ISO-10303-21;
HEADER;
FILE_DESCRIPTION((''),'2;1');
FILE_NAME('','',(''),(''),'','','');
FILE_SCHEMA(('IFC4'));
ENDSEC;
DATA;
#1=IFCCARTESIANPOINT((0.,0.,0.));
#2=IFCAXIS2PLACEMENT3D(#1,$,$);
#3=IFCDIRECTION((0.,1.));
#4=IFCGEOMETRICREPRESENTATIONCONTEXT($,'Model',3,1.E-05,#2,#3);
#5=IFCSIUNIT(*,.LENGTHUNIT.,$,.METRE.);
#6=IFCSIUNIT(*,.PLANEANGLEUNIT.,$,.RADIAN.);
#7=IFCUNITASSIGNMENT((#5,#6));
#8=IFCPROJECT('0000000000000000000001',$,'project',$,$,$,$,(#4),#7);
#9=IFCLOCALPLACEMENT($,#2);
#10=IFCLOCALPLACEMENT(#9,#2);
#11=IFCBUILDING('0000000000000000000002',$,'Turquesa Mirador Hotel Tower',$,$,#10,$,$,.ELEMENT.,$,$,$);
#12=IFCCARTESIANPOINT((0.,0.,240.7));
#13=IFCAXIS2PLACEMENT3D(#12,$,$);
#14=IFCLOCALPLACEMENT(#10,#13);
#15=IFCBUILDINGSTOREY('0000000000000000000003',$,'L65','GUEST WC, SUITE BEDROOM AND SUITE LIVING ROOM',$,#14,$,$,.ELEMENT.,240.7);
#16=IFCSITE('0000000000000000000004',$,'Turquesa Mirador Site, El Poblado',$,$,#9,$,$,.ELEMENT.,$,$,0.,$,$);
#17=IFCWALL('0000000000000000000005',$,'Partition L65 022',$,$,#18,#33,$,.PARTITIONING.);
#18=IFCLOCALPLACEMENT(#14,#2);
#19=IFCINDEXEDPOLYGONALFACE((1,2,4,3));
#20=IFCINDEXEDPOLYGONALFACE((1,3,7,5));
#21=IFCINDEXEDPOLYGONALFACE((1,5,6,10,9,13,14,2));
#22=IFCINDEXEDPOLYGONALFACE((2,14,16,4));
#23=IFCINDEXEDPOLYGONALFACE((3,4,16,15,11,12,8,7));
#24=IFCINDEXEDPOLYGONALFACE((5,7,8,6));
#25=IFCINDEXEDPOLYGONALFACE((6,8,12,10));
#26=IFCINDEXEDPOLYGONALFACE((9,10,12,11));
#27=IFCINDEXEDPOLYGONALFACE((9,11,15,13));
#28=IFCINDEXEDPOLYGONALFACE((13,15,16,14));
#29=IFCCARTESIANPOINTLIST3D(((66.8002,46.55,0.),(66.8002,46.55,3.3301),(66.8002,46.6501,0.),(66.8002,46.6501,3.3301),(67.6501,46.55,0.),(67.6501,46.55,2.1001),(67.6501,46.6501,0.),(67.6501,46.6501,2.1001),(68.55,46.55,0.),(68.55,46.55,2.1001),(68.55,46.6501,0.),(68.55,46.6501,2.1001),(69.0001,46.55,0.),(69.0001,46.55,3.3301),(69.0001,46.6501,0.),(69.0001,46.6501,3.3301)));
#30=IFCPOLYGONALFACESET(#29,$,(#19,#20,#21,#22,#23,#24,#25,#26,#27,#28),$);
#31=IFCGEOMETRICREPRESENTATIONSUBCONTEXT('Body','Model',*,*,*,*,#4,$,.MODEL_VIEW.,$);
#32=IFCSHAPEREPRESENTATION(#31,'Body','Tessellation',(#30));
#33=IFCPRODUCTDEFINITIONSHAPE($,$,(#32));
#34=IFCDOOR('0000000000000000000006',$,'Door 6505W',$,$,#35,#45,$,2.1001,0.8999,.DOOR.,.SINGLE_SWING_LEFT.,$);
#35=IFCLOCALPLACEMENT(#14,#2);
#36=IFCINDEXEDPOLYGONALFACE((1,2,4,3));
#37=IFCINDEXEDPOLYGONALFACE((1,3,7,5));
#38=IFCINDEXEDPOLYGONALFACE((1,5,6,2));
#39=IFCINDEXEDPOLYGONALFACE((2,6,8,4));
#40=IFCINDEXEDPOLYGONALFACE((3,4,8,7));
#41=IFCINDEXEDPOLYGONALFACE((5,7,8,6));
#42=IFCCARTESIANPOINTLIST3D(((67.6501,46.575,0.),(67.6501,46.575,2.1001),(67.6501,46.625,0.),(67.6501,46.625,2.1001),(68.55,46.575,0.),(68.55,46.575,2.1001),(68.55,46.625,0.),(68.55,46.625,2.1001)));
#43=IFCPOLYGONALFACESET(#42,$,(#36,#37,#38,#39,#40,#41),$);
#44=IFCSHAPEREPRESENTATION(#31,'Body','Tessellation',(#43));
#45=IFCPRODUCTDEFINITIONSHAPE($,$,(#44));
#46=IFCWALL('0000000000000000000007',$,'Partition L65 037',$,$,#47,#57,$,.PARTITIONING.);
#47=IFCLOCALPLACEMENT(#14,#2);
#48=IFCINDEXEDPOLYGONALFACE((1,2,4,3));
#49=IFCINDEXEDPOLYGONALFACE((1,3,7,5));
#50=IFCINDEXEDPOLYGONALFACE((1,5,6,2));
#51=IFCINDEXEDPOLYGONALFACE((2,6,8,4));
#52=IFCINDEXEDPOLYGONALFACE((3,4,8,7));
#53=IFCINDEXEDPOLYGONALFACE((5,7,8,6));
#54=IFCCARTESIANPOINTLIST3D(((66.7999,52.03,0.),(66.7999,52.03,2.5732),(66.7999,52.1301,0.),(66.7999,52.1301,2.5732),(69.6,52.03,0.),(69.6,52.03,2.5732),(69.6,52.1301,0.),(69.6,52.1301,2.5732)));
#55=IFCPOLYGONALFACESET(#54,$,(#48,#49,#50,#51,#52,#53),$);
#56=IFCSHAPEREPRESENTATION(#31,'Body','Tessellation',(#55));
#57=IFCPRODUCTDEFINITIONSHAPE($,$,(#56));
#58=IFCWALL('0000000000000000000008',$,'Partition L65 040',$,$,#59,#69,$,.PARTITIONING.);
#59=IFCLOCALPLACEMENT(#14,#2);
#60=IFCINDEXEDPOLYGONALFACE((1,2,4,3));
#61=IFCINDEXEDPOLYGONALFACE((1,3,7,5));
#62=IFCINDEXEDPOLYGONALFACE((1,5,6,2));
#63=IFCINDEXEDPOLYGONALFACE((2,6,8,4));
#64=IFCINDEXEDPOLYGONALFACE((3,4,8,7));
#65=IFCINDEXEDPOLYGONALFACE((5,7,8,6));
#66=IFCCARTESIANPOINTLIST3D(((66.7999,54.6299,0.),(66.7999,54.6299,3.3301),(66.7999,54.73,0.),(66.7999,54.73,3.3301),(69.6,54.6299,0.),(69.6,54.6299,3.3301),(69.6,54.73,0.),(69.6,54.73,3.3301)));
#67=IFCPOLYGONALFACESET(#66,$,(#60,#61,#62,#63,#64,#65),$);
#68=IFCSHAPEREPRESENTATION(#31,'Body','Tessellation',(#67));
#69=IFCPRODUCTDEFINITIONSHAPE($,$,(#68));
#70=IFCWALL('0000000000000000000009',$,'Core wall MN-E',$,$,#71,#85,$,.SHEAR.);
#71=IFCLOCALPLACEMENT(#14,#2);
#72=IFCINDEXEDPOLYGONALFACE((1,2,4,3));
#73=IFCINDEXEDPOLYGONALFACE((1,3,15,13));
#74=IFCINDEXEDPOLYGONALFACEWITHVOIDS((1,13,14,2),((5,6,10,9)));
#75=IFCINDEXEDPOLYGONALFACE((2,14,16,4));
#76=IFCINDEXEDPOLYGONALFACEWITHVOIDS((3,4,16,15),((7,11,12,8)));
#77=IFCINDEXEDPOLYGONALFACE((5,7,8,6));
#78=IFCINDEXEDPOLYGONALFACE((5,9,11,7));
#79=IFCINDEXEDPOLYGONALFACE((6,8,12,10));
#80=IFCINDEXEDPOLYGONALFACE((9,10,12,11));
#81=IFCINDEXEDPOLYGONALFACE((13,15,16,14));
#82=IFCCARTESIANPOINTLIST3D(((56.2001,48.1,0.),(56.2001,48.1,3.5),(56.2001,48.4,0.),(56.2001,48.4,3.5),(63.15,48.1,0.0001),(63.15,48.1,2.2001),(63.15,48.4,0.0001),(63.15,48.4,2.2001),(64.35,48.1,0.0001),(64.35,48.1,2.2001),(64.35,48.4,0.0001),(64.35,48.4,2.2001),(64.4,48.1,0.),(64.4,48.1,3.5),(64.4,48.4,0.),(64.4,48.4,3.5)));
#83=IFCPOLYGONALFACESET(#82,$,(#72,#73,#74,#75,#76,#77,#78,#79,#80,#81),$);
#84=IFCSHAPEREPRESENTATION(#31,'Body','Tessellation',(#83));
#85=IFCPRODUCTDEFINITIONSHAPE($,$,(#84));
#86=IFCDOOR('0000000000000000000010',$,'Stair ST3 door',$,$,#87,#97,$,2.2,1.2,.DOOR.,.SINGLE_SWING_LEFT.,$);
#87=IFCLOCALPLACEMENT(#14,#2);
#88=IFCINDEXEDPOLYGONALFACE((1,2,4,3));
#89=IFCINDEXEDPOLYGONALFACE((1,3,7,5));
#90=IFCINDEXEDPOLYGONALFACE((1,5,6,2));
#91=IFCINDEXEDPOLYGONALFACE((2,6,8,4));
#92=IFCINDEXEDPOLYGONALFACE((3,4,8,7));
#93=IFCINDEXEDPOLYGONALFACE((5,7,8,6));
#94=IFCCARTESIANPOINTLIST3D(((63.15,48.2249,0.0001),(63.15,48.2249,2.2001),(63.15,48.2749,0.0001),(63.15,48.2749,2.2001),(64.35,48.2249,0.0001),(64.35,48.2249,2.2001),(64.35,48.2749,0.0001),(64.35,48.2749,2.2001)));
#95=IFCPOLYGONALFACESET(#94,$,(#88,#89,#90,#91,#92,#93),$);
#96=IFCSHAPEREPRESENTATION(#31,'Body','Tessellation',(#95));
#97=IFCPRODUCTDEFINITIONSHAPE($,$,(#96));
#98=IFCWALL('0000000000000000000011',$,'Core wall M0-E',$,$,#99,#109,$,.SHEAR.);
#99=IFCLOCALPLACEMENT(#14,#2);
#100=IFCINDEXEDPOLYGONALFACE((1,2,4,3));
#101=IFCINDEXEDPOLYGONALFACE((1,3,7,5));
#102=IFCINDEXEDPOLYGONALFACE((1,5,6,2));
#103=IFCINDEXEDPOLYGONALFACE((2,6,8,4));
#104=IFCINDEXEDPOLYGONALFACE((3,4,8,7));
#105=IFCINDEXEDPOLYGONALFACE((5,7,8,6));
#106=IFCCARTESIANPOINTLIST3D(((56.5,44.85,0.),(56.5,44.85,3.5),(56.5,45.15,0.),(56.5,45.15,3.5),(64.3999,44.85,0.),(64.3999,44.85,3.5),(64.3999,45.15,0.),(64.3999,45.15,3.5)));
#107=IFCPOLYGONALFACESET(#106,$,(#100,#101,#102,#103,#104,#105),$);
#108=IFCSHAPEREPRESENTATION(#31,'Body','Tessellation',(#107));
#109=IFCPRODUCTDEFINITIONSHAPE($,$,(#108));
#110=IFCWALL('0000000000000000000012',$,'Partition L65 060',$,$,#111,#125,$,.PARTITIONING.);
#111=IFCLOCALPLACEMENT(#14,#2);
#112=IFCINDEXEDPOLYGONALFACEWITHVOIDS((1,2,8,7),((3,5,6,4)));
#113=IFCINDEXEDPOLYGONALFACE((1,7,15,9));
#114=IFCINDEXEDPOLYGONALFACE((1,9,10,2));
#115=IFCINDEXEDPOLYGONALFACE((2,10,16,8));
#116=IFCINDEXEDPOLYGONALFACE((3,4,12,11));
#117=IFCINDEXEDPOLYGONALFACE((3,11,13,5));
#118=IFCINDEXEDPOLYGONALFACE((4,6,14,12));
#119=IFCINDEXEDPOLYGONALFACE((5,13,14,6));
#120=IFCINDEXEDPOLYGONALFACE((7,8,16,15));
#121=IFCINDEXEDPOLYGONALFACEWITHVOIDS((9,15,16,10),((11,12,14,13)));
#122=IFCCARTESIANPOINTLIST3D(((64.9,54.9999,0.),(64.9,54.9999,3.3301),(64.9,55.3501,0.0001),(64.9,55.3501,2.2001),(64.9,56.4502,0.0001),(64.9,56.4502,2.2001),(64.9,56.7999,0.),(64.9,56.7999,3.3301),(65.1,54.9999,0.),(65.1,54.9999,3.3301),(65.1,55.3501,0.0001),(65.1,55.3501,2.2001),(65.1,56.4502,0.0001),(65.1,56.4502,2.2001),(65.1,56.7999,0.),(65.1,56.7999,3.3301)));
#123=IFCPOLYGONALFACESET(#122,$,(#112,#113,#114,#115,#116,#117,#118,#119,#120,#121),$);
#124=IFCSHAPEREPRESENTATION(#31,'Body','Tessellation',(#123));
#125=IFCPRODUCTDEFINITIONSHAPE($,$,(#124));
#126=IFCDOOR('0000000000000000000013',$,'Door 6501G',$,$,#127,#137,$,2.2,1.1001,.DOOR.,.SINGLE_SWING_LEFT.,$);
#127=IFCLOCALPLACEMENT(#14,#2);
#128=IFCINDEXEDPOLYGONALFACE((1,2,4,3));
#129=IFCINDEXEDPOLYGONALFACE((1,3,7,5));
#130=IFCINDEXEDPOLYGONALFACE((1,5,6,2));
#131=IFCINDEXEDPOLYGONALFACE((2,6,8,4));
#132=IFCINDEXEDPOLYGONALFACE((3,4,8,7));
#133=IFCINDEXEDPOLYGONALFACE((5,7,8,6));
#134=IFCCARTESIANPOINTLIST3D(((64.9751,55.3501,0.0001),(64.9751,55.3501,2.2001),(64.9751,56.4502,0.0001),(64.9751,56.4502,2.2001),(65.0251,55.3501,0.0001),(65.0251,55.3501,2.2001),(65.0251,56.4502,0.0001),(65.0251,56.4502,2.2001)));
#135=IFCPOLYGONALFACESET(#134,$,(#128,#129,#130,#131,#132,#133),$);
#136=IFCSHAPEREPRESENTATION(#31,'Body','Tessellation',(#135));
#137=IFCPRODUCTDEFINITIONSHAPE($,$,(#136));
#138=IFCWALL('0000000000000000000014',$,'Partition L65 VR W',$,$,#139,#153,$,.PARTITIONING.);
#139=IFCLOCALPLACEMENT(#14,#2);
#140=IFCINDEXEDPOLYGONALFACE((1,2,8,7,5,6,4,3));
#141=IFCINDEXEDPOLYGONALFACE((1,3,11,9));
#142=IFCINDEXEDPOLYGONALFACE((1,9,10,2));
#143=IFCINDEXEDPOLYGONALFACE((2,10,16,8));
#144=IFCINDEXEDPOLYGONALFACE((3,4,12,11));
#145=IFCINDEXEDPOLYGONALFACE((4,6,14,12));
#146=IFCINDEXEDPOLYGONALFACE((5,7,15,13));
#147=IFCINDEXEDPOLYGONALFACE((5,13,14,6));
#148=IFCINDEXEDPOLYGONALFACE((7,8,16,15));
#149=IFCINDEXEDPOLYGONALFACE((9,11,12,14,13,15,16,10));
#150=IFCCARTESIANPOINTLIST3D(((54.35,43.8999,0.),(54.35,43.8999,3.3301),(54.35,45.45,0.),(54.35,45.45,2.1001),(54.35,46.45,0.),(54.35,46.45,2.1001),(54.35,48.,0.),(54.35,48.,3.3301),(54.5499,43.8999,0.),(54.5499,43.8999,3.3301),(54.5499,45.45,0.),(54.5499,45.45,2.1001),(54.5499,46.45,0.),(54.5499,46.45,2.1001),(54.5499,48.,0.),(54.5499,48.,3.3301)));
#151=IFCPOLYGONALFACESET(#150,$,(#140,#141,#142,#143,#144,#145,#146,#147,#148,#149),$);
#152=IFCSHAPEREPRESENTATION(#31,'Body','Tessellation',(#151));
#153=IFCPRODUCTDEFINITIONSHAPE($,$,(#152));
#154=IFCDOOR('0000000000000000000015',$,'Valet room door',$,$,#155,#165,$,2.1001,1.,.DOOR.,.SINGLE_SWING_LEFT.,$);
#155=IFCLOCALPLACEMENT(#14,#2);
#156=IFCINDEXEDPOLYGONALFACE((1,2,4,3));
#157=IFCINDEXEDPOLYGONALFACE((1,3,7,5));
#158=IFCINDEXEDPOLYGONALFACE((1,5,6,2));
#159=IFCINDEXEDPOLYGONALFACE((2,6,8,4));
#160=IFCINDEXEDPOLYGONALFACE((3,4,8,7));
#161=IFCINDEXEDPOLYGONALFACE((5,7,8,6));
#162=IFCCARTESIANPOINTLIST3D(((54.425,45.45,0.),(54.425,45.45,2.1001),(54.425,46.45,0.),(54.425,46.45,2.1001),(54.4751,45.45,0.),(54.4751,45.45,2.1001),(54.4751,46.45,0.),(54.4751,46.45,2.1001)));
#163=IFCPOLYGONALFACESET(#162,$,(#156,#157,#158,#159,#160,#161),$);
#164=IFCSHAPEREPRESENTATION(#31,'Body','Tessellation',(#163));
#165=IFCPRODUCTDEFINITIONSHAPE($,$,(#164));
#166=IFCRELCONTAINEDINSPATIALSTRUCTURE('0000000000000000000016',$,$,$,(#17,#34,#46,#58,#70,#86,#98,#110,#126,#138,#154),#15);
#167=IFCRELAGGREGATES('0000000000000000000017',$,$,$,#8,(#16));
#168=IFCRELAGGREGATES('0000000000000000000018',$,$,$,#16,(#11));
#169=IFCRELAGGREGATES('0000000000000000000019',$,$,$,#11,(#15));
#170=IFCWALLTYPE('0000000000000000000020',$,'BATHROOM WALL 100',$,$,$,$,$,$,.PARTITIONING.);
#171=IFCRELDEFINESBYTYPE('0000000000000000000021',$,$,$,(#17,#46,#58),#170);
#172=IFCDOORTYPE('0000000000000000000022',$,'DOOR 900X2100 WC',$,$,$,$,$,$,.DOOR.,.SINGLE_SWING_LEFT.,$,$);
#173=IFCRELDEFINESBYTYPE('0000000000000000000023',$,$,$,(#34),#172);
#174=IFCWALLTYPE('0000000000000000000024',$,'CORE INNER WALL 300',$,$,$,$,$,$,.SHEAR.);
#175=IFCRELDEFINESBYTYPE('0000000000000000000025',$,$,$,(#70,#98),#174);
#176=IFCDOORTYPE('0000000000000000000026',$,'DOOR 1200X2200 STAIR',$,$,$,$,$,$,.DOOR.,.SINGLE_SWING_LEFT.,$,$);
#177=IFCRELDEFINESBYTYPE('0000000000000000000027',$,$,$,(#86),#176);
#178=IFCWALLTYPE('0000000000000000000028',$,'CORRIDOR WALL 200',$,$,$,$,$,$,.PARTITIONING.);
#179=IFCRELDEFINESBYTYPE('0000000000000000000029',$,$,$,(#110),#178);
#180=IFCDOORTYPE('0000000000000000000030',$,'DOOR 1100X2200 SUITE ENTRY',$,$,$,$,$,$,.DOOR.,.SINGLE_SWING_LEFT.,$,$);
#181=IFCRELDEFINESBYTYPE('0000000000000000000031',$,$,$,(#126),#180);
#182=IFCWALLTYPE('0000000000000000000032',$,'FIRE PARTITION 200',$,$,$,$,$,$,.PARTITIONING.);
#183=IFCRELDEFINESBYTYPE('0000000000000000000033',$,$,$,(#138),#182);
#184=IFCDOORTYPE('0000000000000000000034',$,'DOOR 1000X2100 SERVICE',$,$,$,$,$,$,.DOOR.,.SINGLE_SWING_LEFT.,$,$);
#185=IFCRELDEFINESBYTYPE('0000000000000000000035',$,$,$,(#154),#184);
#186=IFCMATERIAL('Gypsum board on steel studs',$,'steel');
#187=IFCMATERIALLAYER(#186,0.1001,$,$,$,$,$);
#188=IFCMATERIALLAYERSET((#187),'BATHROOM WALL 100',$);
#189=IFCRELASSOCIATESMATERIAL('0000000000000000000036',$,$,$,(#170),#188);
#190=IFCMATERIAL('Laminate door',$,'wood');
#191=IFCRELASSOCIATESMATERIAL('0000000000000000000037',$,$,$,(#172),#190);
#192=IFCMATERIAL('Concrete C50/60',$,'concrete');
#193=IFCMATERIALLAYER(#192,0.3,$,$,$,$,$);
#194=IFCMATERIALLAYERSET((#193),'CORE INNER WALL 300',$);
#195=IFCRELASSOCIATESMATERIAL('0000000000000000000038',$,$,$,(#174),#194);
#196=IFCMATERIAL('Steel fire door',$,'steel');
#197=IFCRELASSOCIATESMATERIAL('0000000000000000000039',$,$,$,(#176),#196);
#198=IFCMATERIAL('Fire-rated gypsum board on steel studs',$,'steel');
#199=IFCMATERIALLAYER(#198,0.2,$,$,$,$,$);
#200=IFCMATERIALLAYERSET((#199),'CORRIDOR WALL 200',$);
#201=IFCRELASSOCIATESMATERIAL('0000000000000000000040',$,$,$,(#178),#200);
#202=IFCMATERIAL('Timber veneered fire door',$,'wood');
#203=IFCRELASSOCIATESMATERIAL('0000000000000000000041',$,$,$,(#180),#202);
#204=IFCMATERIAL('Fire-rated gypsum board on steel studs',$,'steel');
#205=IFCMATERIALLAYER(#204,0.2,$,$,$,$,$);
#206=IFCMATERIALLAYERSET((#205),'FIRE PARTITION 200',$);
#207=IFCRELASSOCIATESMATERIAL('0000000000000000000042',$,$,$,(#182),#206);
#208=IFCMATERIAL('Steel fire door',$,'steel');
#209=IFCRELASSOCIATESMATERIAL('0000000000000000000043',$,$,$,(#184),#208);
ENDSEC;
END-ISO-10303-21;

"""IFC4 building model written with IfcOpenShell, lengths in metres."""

from ifc_helpers import new_model, si_unit, direction, frame, frame_2d, origin, place, context, subcontext, project, spatial, rectangle, extrude, material, layer, layer_set, type_object, element, fill, save


model = new_model("IFC4")

# Units and contexts
model_context = context("Model", 3, precision=1e-05, world=origin(), true_north=direction((0.0, 1.0)))
body_context = subcontext(model_context, "Body", "Model", "MODEL_VIEW")
ifc_project = project(units=[si_unit("LENGTHUNIT", "METRE"), si_unit("PLANEANGLEUNIT", "RADIAN")], contexts=[model_context])

# Site, building, storey
site_placement = place(None, origin())
site = spatial("IfcSite", under=ifc_project, at=site_placement, Name="Turquesa Mirador Site, El Poblado", CompositionType="ELEMENT", RefElevation=0.0)
building_placement = place(site_placement, origin())
building = spatial("IfcBuilding", under=site, at=building_placement, Name="Turquesa Mirador Hotel Tower", CompositionType="ELEMENT")
storey_placement = place(building_placement, frame((0.0, 0.0, 240.7)))
storey = spatial("IfcBuildingStorey", under=building, at=storey_placement, Name="L65", Description="GUEST WC, SUITE BEDROOM AND SUITE LIVING ROOM", CompositionType="ELEMENT", Elevation=240.7)

# Wall, opening, door
ifc_material_1 = material(Name="Gypsum board on steel studs", Category="steel")
ifc_layer_1 = layer(ifc_material_1, 0.1001)
ifc_layer_set_1 = layer_set([ifc_layer_1], Name="BATHROOM WALL 100")
wall_type_1 = type_object("IfcWallType", Name="BATHROOM WALL 100", PredefinedType="PARTITIONING", material=ifc_layer_set_1)
wall_1_placement = place(storey_placement, frame((66.8, 46.6001, 0.0), z_axis=(0.0, 0.0, 1.0), x_axis=(1.0, 0.0, 0.0)))
wall_1 = element("IfcWall", 1, at=wall_1_placement, inside=storey, type_object=wall_type_1, Name="Partition L65 022", PredefinedType="PARTITIONING", context=body_context, shape_type="SweptSolid", body=[
    extrude(rectangle(XDim=2.2, YDim=0.1001, at=frame_2d((1.1001, 0.0))), origin(), (0.0, 0.0, 1.0), 3.3301),
])
opening_1_placement = place(wall_1_placement, frame((0.8501, 0.0, 0.0)))
opening_1 = element("IfcOpeningElement", 2, at=opening_1_placement, cuts=wall_1, PredefinedType="OPENING", context=body_context, shape_type="SweptSolid", body=[
    extrude(rectangle(XDim=0.8999, YDim=2.1001, at=frame_2d((0.45, 1.05))), frame((0.0, 0.0601, 0.0), z_axis=(0.0, -1.0, 0.0), x_axis=(1.0, 0.0, 0.0)), (0.0, 0.0, 1.0), 0.1201),
])
ifc_material_2 = material(Name="Laminate door", Category="wood")
door_type_1 = type_object("IfcDoorType", Name="DOOR 900X2100 WC", OperationType="SINGLE_SWING_LEFT", PredefinedType="DOOR", material=ifc_material_2)
door_1_placement = place(opening_1_placement, origin())
door_1 = element("IfcDoor", 3, at=door_1_placement, inside=storey, type_object=door_type_1, Name="Door 6505W", OperationType="SINGLE_SWING_LEFT", OverallHeight=2.1001, OverallWidth=0.8999, PredefinedType="DOOR", context=body_context, shape_type="SweptSolid", body=[
    extrude(rectangle(XDim=0.8999, YDim=2.1001, at=frame_2d((0.45, 1.05))), frame((0.0, 0.0249, 0.0), z_axis=(0.0, -1.0, 0.0), x_axis=(1.0, 0.0, 0.0)), (0.0, 0.0, 1.0), 0.05),
])
fill(opening_1, door_1)

# Walls
wall_2_placement = place(storey_placement, frame((66.8, 52.0801, 0.0), z_axis=(0.0, 0.0, 1.0), x_axis=(1.0, 0.0, 0.0)))
element("IfcWall", 4, at=wall_2_placement, inside=storey, type_object=wall_type_1, Name="Partition L65 037", PredefinedType="PARTITIONING", context=body_context, shape_type="SweptSolid", body=[
    extrude(rectangle(XDim=2.8, YDim=0.1001, at=frame_2d((1.3999, 0.0))), origin(), (0.0, 0.0, 1.0), 2.5732),
])
wall_3_placement = place(storey_placement, frame((66.8, 54.6799, 0.0), z_axis=(0.0, 0.0, 1.0), x_axis=(1.0, 0.0, 0.0)))
element("IfcWall", 5, at=wall_3_placement, inside=storey, type_object=wall_type_1, Name="Partition L65 040", PredefinedType="PARTITIONING", context=body_context, shape_type="SweptSolid", body=[
    extrude(rectangle(XDim=2.8, YDim=0.1001, at=frame_2d((1.3999, 0.0))), origin(), (0.0, 0.0, 1.0), 3.3301),
])

# Wall, opening, door
ifc_material_3 = material(Name="Concrete C50/60", Category="concrete")
ifc_layer_2 = layer(ifc_material_3, 0.3)
ifc_layer_set_2 = layer_set([ifc_layer_2], Name="CORE INNER WALL 300")
wall_type_2 = type_object("IfcWallType", Name="CORE INNER WALL 300", PredefinedType="SHEAR", material=ifc_layer_set_2)
wall_4_placement = place(storey_placement, frame((56.2, 48.25, 0.0), z_axis=(0.0, 0.0, 1.0), x_axis=(1.0, 0.0, 0.0)))
wall_4 = element("IfcWall", 6, at=wall_4_placement, inside=storey, type_object=wall_type_2, Name="Core wall MN-E", PredefinedType="SHEAR", context=body_context, shape_type="SweptSolid", body=[
    extrude(rectangle(XDim=8.2, YDim=0.3, at=frame_2d((4.1001, 0.0))), origin(), (0.0, 0.0, 1.0), 3.5),
])
opening_2_placement = place(wall_4_placement, frame((6.95, 0.0, 0.0)))
opening_2 = element("IfcOpeningElement", 7, at=opening_2_placement, cuts=wall_4, PredefinedType="OPENING", context=body_context, shape_type="SweptSolid", body=[
    extrude(rectangle(XDim=1.2, YDim=2.2, at=frame_2d((0.6001, 1.1001))), frame((0.0, 0.1599, 0.0), z_axis=(0.0, -1.0, 0.0), x_axis=(1.0, 0.0, 0.0)), (0.0, 0.0, 1.0), 0.3201),
])
ifc_material_4 = material(Name="Steel fire door", Category="steel")
door_type_2 = type_object("IfcDoorType", Name="DOOR 1200X2200 STAIR", OperationType="SINGLE_SWING_LEFT", PredefinedType="DOOR", material=ifc_material_4)
door_2_placement = place(opening_2_placement, origin())
door_2 = element("IfcDoor", 8, at=door_2_placement, inside=storey, type_object=door_type_2, Name="Stair ST3 door", OperationType="SINGLE_SWING_LEFT", OverallHeight=2.2, OverallWidth=1.2, PredefinedType="DOOR", context=body_context, shape_type="SweptSolid", body=[
    extrude(rectangle(XDim=1.2, YDim=2.2, at=frame_2d((0.6001, 1.1001))), frame((0.0, 0.0249, 0.0), z_axis=(0.0, -1.0, 0.0), x_axis=(1.0, 0.0, 0.0)), (0.0, 0.0, 1.0), 0.05),
])
fill(opening_2, door_2)

# Wall
wall_5_placement = place(storey_placement, frame((56.5, 45.0, 0.0), z_axis=(0.0, 0.0, 1.0), x_axis=(1.0, 0.0, 0.0)))
element("IfcWall", 9, at=wall_5_placement, inside=storey, type_object=wall_type_2, Name="Core wall M0-E", PredefinedType="SHEAR", context=body_context, shape_type="SweptSolid", body=[
    extrude(rectangle(XDim=7.8999, YDim=0.3, at=frame_2d((3.95, 0.0))), origin(), (0.0, 0.0, 1.0), 3.5),
])

# Walls, openings, doors
ifc_material_5 = material(Name="Fire-rated gypsum board on steel studs", Category="steel")
ifc_layer_3 = layer(ifc_material_5, 0.2)
ifc_layer_set_3 = layer_set([ifc_layer_3], Name="CORRIDOR WALL 200")
wall_type_3 = type_object("IfcWallType", Name="CORRIDOR WALL 200", PredefinedType="PARTITIONING", material=ifc_layer_set_3)
wall_6_placement = place(storey_placement, frame((65.0, 55.0, 0.0), z_axis=(0.0, 0.0, 1.0), x_axis=(0.0, 1.0, 0.0)))
wall_6 = element("IfcWall", 10, at=wall_6_placement, inside=storey, type_object=wall_type_3, Name="Partition L65 060", PredefinedType="PARTITIONING", context=body_context, shape_type="SweptSolid", body=[
    extrude(rectangle(XDim=1.8, YDim=0.2, at=frame_2d((0.8999, 0.0))), origin(), (0.0, 0.0, 1.0), 3.3301),
])
opening_3_placement = place(wall_6_placement, frame((0.3501, 0.0, 0.0)))
opening_3 = element("IfcOpeningElement", 11, at=opening_3_placement, cuts=wall_6, PredefinedType="OPENING", context=body_context, shape_type="SweptSolid", body=[
    extrude(rectangle(XDim=1.1001, YDim=2.2, at=frame_2d((0.55, 1.1001))), frame((0.0, 0.1099, 0.0), z_axis=(0.0, -1.0, 0.0), x_axis=(1.0, 0.0, 0.0)), (0.0, 0.0, 1.0), 0.22),
])
ifc_material_6 = material(Name="Timber veneered fire door", Category="wood")
door_type_3 = type_object("IfcDoorType", Name="DOOR 1100X2200 SUITE ENTRY", OperationType="SINGLE_SWING_LEFT", PredefinedType="DOOR", material=ifc_material_6)
door_3_placement = place(opening_3_placement, origin())
door_3 = element("IfcDoor", 12, at=door_3_placement, inside=storey, type_object=door_type_3, Name="Door 6501G", OperationType="SINGLE_SWING_LEFT", OverallHeight=2.2, OverallWidth=1.1001, PredefinedType="DOOR", context=body_context, shape_type="SweptSolid", body=[
    extrude(rectangle(XDim=1.1001, YDim=2.2, at=frame_2d((0.55, 1.1001))), frame((0.0, 0.0249, 0.0), z_axis=(0.0, -1.0, 0.0), x_axis=(1.0, 0.0, 0.0)), (0.0, 0.0, 1.0), 0.05),
])
fill(opening_3, door_3)
ifc_material_7 = material(Name="Fire-rated gypsum board on steel studs", Category="steel")
ifc_layer_4 = layer(ifc_material_7, 0.2)
ifc_layer_set_4 = layer_set([ifc_layer_4], Name="FIRE PARTITION 200")
wall_type_4 = type_object("IfcWallType", Name="FIRE PARTITION 200", PredefinedType="PARTITIONING", material=ifc_layer_set_4)
wall_7_placement = place(storey_placement, frame((54.45, 43.8999, 0.0), z_axis=(0.0, 0.0, 1.0), x_axis=(0.0, 1.0, 0.0)))
wall_7 = element("IfcWall", 13, at=wall_7_placement, inside=storey, type_object=wall_type_4, Name="Partition L65 VR W", PredefinedType="PARTITIONING", context=body_context, shape_type="SweptSolid", body=[
    extrude(rectangle(XDim=4.1001, YDim=0.2, at=frame_2d((2.05, 0.0))), origin(), (0.0, 0.0, 1.0), 3.3301),
])
opening_4_placement = place(wall_7_placement, frame((1.55, 0.0, 0.0)))
opening_4 = element("IfcOpeningElement", 14, at=opening_4_placement, cuts=wall_7, PredefinedType="OPENING", context=body_context, shape_type="SweptSolid", body=[
    extrude(rectangle(XDim=1.0, YDim=2.1001, at=frame_2d((0.5, 1.05))), frame((0.0, 0.1099, 0.0), z_axis=(0.0, -1.0, 0.0), x_axis=(1.0, 0.0, 0.0)), (0.0, 0.0, 1.0), 0.22),
])
ifc_material_8 = material(Name="Steel fire door", Category="steel")
door_type_4 = type_object("IfcDoorType", Name="DOOR 1000X2100 SERVICE", OperationType="SINGLE_SWING_LEFT", PredefinedType="DOOR", material=ifc_material_8)
door_4_placement = place(opening_4_placement, origin())
door_4 = element("IfcDoor", 15, at=door_4_placement, inside=storey, type_object=door_type_4, Name="Valet room door", OperationType="SINGLE_SWING_LEFT", OverallHeight=2.1001, OverallWidth=1.0, PredefinedType="DOOR", context=body_context, shape_type="SweptSolid", body=[
    extrude(rectangle(XDim=1.0, YDim=2.1001, at=frame_2d((0.5, 1.05))), frame((0.0, 0.0249, 0.0), z_axis=(0.0, -1.0, 0.0), x_axis=(1.0, 0.0, 0.0)), (0.0, 0.0, 1.0), 0.05),
])
fill(opening_4, door_4)

save(model, "model.ifc")
